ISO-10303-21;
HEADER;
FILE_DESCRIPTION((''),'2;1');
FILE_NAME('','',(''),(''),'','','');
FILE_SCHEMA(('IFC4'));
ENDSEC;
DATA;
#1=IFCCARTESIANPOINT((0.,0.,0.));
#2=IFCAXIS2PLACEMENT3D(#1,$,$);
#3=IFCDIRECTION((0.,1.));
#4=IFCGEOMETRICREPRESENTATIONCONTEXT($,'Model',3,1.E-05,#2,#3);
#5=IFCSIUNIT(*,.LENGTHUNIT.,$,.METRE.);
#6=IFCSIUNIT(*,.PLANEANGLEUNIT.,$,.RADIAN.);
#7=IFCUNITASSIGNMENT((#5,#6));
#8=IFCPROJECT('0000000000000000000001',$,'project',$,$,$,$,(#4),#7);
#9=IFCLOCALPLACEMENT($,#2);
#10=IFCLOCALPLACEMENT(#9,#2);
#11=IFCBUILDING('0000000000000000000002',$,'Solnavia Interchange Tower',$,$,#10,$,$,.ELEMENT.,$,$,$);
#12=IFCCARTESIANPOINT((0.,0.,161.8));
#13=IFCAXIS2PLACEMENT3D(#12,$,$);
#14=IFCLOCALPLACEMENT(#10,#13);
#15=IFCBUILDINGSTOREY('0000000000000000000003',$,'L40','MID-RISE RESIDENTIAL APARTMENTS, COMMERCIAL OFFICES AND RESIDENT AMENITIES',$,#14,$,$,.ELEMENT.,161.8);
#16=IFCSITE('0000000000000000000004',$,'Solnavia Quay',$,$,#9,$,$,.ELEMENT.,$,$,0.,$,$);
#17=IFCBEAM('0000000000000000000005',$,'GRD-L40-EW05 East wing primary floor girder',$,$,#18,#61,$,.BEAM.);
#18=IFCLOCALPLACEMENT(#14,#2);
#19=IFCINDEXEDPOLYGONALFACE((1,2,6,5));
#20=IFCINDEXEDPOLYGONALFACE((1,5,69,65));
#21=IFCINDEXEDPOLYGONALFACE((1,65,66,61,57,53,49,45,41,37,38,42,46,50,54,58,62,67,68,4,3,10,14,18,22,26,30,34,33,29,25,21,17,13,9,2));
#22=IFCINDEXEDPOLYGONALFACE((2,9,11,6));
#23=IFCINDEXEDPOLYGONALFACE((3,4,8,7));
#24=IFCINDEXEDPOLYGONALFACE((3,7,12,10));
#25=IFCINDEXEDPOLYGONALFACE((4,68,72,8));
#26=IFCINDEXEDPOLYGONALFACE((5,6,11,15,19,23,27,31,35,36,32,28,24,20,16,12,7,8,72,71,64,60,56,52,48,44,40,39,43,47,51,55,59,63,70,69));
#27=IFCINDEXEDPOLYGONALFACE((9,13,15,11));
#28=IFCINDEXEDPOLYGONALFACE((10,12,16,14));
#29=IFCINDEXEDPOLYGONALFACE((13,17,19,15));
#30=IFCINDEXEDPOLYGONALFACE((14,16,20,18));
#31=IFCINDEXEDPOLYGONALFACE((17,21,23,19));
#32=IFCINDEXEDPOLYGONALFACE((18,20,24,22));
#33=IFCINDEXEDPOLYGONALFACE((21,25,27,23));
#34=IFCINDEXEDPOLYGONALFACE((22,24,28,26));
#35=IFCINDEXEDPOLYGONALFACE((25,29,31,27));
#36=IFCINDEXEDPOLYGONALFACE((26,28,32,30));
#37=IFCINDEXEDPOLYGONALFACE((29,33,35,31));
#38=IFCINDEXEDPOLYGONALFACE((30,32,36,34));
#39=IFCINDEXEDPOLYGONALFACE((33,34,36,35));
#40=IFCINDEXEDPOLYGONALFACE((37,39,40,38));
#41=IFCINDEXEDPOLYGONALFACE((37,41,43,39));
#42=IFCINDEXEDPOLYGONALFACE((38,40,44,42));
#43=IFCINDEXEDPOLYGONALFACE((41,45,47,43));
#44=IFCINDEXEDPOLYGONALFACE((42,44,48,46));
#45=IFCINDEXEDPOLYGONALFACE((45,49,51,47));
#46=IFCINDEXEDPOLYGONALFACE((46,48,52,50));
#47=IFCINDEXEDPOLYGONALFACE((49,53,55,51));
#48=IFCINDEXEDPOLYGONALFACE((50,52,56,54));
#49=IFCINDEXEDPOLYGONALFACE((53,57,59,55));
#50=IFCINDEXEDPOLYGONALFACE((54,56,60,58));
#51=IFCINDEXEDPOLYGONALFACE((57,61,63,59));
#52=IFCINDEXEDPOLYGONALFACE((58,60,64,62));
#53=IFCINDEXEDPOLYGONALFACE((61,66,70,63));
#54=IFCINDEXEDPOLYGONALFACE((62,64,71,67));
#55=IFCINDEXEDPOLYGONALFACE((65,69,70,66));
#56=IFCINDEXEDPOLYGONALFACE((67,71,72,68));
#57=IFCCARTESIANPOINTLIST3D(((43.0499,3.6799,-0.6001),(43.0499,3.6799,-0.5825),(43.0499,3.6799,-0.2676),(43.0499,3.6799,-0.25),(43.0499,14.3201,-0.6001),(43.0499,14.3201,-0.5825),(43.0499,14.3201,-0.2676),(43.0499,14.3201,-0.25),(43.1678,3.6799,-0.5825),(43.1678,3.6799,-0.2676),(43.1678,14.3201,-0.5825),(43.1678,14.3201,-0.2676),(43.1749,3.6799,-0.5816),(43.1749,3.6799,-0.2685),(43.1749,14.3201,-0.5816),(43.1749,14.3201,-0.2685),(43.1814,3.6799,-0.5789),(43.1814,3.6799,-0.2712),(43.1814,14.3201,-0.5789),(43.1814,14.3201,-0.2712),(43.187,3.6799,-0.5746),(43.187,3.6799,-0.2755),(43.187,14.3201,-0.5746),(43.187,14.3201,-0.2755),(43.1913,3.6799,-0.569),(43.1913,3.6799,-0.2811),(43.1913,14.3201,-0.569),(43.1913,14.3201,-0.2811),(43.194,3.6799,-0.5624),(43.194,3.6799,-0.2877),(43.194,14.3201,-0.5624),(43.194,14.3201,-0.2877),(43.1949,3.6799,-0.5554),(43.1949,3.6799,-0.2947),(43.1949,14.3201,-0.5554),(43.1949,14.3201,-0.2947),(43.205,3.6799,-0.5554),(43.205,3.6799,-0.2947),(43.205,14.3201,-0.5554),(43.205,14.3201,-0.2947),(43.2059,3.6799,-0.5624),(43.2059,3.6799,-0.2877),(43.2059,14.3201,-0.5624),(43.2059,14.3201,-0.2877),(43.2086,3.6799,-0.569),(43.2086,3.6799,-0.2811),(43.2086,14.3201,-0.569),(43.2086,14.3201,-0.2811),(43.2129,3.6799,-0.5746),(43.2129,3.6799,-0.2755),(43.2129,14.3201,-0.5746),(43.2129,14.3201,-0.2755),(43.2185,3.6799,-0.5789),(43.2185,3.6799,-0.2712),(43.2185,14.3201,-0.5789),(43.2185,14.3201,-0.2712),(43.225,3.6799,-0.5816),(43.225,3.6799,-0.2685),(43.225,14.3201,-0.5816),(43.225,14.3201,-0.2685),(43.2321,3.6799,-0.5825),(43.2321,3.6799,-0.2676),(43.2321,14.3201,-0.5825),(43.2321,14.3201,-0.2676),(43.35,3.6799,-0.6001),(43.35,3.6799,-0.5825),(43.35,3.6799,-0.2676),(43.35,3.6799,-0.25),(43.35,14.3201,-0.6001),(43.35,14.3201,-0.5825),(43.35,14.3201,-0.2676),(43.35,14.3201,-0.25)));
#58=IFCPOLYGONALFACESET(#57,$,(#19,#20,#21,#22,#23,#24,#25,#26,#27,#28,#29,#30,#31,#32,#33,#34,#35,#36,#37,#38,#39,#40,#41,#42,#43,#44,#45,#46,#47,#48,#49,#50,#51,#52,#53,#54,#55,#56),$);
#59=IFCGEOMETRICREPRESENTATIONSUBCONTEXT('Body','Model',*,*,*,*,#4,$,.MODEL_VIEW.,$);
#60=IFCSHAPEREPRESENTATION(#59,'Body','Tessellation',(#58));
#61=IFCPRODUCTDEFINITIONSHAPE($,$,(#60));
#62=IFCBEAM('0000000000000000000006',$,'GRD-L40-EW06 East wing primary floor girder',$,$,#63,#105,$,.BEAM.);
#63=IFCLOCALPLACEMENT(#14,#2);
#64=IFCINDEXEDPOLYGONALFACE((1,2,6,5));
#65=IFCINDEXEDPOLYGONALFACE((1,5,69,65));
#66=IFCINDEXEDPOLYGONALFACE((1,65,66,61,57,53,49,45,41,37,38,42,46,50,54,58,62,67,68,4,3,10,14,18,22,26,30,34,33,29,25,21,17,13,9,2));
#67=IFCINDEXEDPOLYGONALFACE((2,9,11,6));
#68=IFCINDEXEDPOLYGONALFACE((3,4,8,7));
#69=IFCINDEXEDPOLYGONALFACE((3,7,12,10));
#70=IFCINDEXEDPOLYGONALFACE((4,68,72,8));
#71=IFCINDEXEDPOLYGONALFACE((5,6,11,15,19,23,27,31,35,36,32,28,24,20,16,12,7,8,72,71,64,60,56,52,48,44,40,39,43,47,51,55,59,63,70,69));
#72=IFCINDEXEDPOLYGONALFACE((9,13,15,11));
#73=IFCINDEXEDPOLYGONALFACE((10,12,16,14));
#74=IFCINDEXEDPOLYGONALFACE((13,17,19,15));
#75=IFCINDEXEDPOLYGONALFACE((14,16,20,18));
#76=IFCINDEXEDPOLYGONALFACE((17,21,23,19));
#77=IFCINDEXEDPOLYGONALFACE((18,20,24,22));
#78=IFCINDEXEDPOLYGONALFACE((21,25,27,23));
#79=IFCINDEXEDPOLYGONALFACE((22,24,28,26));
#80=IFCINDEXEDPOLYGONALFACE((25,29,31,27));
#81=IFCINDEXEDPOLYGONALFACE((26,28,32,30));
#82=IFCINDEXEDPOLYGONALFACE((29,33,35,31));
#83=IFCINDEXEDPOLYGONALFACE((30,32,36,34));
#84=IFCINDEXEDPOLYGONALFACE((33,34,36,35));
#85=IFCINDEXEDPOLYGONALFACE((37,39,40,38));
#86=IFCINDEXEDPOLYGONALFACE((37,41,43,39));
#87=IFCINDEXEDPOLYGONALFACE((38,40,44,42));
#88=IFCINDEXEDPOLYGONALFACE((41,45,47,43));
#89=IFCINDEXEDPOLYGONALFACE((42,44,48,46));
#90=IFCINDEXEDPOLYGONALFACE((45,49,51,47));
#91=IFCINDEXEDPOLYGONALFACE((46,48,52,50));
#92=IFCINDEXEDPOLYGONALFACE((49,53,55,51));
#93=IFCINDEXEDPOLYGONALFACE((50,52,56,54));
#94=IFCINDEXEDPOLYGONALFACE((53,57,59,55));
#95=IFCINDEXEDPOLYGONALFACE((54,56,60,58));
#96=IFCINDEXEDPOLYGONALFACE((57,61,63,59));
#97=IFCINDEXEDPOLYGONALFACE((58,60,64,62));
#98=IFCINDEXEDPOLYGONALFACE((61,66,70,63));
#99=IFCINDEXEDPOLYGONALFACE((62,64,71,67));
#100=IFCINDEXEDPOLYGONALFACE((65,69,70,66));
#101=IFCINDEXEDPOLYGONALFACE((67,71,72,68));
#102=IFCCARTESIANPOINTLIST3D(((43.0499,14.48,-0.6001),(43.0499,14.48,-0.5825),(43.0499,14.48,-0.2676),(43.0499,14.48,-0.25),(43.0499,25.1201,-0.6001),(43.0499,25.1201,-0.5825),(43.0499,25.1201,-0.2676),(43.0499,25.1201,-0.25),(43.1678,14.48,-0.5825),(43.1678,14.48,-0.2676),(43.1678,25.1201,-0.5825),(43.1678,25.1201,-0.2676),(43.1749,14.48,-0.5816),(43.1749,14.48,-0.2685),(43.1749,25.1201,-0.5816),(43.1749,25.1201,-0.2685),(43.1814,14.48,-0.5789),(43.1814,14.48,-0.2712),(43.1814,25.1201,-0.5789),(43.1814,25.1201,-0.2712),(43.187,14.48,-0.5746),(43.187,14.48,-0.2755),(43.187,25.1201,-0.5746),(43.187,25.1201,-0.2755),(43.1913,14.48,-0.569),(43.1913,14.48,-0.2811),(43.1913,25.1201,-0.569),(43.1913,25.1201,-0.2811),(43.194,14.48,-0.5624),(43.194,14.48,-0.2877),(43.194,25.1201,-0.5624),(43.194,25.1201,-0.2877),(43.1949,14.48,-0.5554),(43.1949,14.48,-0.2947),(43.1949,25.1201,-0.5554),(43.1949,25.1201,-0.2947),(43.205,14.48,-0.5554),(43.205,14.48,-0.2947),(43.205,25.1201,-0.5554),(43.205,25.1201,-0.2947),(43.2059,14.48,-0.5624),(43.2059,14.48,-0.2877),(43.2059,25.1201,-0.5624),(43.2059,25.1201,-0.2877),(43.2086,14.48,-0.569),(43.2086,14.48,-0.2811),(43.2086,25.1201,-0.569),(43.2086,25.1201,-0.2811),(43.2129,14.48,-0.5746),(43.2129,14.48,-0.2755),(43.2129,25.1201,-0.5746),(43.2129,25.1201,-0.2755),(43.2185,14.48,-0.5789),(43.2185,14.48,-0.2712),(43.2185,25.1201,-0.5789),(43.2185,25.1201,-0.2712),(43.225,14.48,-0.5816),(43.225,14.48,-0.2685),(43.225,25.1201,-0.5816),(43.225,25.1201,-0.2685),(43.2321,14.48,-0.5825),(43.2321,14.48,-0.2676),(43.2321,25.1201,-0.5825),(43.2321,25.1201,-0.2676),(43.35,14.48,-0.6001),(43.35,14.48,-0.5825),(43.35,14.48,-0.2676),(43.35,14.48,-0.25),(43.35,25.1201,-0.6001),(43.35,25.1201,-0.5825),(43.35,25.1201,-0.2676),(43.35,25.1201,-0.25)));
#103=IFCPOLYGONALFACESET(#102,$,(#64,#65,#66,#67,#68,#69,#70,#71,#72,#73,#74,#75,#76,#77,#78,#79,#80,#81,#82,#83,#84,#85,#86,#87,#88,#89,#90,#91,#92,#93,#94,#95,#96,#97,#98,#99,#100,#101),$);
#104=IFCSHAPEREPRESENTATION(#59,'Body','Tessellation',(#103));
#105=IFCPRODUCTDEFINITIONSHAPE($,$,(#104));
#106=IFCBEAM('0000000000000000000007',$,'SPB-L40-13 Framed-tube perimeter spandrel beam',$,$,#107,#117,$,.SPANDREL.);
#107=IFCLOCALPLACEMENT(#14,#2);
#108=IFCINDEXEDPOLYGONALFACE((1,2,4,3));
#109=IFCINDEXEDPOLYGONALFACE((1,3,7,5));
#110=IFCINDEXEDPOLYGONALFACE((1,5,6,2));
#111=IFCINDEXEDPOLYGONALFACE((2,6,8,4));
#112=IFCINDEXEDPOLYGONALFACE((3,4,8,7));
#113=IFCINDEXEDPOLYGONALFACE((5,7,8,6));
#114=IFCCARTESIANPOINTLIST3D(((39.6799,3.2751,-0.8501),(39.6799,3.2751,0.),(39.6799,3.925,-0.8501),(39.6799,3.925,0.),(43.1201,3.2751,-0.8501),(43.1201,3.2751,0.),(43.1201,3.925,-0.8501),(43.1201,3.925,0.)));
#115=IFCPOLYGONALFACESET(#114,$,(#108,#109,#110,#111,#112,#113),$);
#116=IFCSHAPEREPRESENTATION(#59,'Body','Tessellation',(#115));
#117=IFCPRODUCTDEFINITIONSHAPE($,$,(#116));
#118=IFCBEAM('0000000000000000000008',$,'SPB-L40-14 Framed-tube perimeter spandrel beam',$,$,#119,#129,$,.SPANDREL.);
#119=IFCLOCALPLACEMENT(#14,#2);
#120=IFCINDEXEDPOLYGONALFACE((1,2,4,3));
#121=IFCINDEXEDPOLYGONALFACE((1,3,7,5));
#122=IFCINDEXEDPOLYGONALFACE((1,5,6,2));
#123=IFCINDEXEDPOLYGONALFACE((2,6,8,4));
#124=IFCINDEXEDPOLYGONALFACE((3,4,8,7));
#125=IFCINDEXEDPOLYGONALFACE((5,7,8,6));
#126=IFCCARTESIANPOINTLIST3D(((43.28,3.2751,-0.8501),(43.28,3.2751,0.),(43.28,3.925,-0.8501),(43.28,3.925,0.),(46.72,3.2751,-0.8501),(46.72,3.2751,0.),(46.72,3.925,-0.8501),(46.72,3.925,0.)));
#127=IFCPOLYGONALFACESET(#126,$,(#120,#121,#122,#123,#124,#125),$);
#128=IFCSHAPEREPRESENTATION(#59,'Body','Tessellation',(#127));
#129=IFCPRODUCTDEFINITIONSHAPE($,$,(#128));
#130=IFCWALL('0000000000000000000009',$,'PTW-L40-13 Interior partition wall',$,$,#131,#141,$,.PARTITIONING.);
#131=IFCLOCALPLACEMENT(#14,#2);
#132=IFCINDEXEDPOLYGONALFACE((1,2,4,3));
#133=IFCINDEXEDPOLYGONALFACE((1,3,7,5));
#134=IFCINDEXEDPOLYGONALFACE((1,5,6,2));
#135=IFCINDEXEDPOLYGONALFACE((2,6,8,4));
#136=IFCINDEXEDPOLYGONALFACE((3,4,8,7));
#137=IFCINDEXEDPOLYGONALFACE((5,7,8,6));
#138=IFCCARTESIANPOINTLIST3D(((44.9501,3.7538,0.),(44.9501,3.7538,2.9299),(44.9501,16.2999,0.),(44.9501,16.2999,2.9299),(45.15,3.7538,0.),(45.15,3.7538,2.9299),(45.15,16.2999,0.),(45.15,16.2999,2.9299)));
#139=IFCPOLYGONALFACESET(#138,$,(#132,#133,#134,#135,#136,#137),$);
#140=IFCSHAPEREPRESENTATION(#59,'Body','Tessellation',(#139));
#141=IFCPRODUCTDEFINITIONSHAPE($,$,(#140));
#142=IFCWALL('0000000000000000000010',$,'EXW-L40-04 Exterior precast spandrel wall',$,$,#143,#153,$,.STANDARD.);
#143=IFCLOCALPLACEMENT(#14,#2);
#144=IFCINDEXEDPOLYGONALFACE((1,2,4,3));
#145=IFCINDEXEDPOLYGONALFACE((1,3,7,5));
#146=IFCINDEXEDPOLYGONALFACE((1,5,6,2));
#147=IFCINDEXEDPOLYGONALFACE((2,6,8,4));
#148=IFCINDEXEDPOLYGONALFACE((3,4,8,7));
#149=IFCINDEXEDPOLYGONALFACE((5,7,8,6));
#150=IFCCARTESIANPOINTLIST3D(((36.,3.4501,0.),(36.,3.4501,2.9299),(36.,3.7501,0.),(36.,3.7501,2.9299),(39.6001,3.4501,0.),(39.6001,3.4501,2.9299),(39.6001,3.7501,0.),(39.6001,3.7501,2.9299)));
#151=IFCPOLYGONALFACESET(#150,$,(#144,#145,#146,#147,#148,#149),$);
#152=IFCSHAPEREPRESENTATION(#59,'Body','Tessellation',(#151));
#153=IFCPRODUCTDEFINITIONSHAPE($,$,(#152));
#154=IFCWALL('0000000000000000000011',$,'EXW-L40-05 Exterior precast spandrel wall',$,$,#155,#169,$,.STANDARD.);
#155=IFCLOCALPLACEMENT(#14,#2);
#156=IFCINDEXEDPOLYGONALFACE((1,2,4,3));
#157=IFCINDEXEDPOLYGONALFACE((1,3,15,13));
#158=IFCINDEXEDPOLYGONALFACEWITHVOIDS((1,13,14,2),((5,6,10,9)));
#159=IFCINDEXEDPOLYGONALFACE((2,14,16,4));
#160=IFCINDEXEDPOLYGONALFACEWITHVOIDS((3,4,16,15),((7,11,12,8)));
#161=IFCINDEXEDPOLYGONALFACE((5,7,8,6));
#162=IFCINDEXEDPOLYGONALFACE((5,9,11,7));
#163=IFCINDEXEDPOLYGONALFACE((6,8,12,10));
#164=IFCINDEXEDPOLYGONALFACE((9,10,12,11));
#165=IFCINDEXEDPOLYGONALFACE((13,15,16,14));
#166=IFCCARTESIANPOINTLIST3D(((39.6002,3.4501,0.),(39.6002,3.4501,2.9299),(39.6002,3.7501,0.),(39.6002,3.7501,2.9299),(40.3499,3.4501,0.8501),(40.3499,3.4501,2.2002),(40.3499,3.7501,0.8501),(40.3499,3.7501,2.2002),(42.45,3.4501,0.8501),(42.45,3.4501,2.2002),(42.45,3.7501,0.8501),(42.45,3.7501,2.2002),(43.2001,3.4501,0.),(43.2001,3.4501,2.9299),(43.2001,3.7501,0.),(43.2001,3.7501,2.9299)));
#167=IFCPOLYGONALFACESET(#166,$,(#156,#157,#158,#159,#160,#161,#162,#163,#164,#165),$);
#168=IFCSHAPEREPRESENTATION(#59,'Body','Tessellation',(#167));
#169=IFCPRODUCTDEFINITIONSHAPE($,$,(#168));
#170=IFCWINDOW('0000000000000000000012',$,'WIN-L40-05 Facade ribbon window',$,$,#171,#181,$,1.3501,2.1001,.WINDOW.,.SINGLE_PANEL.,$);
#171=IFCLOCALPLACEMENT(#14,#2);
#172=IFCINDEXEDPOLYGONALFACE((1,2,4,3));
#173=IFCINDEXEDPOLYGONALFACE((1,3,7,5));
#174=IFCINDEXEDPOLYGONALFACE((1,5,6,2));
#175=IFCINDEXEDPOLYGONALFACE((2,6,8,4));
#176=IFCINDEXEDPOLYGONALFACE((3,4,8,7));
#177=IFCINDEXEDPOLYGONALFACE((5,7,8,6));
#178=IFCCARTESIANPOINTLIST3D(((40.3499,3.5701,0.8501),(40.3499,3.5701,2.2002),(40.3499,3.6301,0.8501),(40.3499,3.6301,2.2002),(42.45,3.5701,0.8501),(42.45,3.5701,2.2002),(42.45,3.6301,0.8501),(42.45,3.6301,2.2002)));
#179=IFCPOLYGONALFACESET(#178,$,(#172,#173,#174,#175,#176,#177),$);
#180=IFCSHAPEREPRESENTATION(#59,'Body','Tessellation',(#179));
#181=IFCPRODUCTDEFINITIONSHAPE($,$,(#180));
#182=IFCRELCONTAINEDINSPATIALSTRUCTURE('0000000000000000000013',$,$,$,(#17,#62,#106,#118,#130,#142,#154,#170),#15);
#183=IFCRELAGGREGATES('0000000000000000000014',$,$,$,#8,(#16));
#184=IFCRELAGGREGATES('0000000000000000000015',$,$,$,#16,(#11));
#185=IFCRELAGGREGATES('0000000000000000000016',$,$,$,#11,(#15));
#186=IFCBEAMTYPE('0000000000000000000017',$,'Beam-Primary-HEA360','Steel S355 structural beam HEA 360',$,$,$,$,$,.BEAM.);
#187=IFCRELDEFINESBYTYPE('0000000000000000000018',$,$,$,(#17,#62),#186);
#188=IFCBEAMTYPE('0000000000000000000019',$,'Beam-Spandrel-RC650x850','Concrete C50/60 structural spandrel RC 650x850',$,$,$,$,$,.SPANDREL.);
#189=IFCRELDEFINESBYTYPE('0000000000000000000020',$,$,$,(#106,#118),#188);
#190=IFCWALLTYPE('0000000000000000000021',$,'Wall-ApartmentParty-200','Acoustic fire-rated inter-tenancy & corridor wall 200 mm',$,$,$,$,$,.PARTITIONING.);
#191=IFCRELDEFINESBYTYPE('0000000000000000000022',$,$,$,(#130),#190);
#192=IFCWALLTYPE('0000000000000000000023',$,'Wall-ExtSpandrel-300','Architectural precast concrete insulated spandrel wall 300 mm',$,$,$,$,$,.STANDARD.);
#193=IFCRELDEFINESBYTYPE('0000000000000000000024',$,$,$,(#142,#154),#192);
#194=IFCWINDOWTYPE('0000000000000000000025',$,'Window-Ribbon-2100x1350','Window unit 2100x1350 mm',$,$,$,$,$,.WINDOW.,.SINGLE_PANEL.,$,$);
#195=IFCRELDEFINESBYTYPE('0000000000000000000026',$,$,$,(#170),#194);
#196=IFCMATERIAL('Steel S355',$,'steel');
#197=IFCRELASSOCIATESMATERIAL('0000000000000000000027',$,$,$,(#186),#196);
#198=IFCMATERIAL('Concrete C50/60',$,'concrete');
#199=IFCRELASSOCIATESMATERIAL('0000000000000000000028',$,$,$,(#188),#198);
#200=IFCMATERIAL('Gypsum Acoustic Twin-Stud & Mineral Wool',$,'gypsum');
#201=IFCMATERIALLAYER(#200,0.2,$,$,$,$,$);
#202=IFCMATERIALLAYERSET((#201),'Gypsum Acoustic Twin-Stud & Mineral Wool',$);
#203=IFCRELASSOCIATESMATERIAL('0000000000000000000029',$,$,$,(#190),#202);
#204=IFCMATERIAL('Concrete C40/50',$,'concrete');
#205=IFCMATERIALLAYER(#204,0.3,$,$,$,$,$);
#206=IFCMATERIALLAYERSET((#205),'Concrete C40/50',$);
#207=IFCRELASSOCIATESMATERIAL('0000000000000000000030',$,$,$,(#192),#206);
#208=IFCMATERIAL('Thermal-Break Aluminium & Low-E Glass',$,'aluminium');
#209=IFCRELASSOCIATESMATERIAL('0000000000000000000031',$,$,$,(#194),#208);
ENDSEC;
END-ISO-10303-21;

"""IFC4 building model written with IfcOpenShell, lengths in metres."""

from ifc_helpers import new_model, si_unit, direction, frame, frame_2d, origin, origin_2d, place, context, subcontext, project, spatial, rectangle, i_section, extrude, material, layer, layer_set, material_profile, profile_set, type_object, element, fill, save


model = new_model("IFC4")

# Units and contexts
model_context = context("Model", 3, precision=1e-05, world=origin(), true_north=direction((0.0, 1.0)))
body_context = subcontext(model_context, "Body", "Model", "MODEL_VIEW")
ifc_project = project(units=[si_unit("LENGTHUNIT", "METRE"), si_unit("PLANEANGLEUNIT", "RADIAN")], contexts=[model_context])

# Site, building, storey
site_placement = place(None, origin())
site = spatial("IfcSite", under=ifc_project, at=site_placement, Name="Solnavia Quay", CompositionType="ELEMENT", RefElevation=0.0)
building_placement = place(site_placement, origin())
building = spatial("IfcBuilding", under=site, at=building_placement, Name="Solnavia Interchange Tower", CompositionType="ELEMENT")
storey_placement = place(building_placement, frame((0.0, 0.0, 161.8)))
storey = spatial("IfcBuildingStorey", under=building, at=storey_placement, Name="L40", Description="MID-RISE RESIDENTIAL APARTMENTS, COMMERCIAL OFFICES AND RESIDENT AMENITIES", CompositionType="ELEMENT", Elevation=161.8)

# Shared definitions
ifc_material_1 = material(Name="Concrete C50/60", Category="concrete")
ifc_material_2 = material(Name="Steel S355", Category="steel")

# Beams
ifc_material_profile_1 = material_profile(ifc_material_2, i_section(OverallWidth=0.3, OverallDepth=0.3501, WebThickness=0.01, FlangeThickness=0.0176, FilletRadius=0.0271, at=origin_2d()), Name="HEA 360")
ifc_profile_set_1 = profile_set([ifc_material_profile_1], Name="Steel S355")
beam_type_1 = type_object("IfcBeamType", Name="Beam-Primary-HEA360", Description="Steel S355 structural beam HEA 360", PredefinedType="BEAM", material=ifc_profile_set_1)
for number, where, z_axis, x_axis, name in (
    (1, (43.2, 3.6799, -0.425), (0.0, 1.0, 0.0), (-1.0, 0.0, 0.0), "GRD-L40-EW05 East wing primary floor girder"),
    (2, (43.2, 14.48, -0.425), (0.0, 1.0, 0.0), (-1.0, 0.0, 0.0), "GRD-L40-EW06 East wing primary floor girder"),
):
    element("IfcBeam", number, at=place(storey_placement, frame(where, z_axis=z_axis, x_axis=x_axis)), inside=storey, type_object=beam_type_1, Name=name, PredefinedType="BEAM", context=body_context, shape_type="SweptSolid", body=[
        extrude(i_section(OverallWidth=0.3, OverallDepth=0.3501, WebThickness=0.01, FlangeThickness=0.0176, FilletRadius=0.0271, at=origin_2d()), origin(), (0.0, 0.0, 1.0), 10.6401),
    ])
ifc_material_profile_2 = material_profile(ifc_material_1, rectangle(XDim=0.6499, YDim=0.8501, at=origin_2d()), Name="RC 650x850")
ifc_profile_set_2 = profile_set([ifc_material_profile_2], Name="Concrete C50/60")
beam_type_2 = type_object("IfcBeamType", Name="Beam-Spandrel-RC650x850", Description="Concrete C50/60 structural spandrel RC 650x850", PredefinedType="SPANDREL", material=ifc_profile_set_2)
beam_1_placement = place(storey_placement, frame((39.6799, 3.6001, -0.425), z_axis=(1.0, 0.0, 0.0), x_axis=(0.0, 1.0, 0.0)))
element("IfcBeam", 3, at=beam_1_placement, inside=storey, type_object=beam_type_2, Name="SPB-L40-13 Framed-tube perimeter spandrel beam", PredefinedType="SPANDREL", context=body_context, shape_type="SweptSolid", body=[
    extrude(rectangle(XDim=0.6499, YDim=0.8501, at=origin_2d()), origin(), (0.0, 0.0, 1.0), 3.4402),
])
beam_2_placement = place(storey_placement, frame((43.28, 3.6001, -0.425), z_axis=(1.0, 0.0, 0.0), x_axis=(0.0, 1.0, 0.0)))
element("IfcBeam", 4, at=beam_2_placement, inside=storey, type_object=beam_type_2, Name="SPB-L40-14 Framed-tube perimeter spandrel beam", PredefinedType="SPANDREL", context=body_context, shape_type="SweptSolid", body=[
    extrude(rectangle(XDim=0.6499, YDim=0.8501, at=origin_2d()), origin(), (0.0, 0.0, 1.0), 3.4399),
])

# Walls
ifc_material_3 = material(Name="Gypsum Acoustic Twin-Stud & Mineral Wool", Category="gypsum")
ifc_layer_1 = layer(ifc_material_3, 0.2)
ifc_layer_set_1 = layer_set([ifc_layer_1], Name="Gypsum Acoustic Twin-Stud & Mineral Wool")
wall_type_1 = type_object("IfcWallType", Name="Wall-ApartmentParty-200", Description="Acoustic fire-rated inter-tenancy & corridor wall 200 mm", PredefinedType="PARTITIONING", material=ifc_layer_set_1)
wall_1_placement = place(storey_placement, frame((45.05, 3.7539, 0.0), z_axis=(0.0, 0.0, 1.0), x_axis=(0.0, 1.0, 0.0)))
element("IfcWall", 5, at=wall_1_placement, inside=storey, type_object=wall_type_1, Name="PTW-L40-13 Interior partition wall", PredefinedType="PARTITIONING", context=body_context, shape_type="SweptSolid", body=[
    extrude(rectangle(XDim=12.5461, YDim=0.2, at=frame_2d((6.2729, 0.0))), origin(), (0.0, 0.0, 1.0), 2.9299),
])
ifc_material_4 = material(Name="Concrete C40/50", Category="concrete")
ifc_layer_2 = layer(ifc_material_4, 0.3)
ifc_layer_set_2 = layer_set([ifc_layer_2], Name="Concrete C40/50")
wall_type_2 = type_object("IfcWallType", Name="Wall-ExtSpandrel-300", Description="Architectural precast concrete insulated spandrel wall 300 mm", PredefinedType="STANDARD", material=ifc_layer_set_2)
wall_2_placement = place(storey_placement, frame((39.6001, 3.6001, 0.0), z_axis=(0.0, 0.0, 1.0), x_axis=(-1.0, 0.0, 0.0)))
element("IfcWall", 6, at=wall_2_placement, inside=storey, type_object=wall_type_2, Name="EXW-L40-04 Exterior precast spandrel wall", PredefinedType="STANDARD", context=body_context, shape_type="SweptSolid", body=[
    extrude(rectangle(XDim=3.6001, YDim=0.3, at=frame_2d((1.8, 0.0))), origin(), (0.0, 0.0, 1.0), 2.9299),
])

# Wall, opening, window
wall_3_placement = place(storey_placement, frame((43.2, 3.6001, 0.0), z_axis=(0.0, 0.0, 1.0), x_axis=(-1.0, 0.0, 0.0)))
wall_3 = element("IfcWall", 7, at=wall_3_placement, inside=storey, type_object=wall_type_2, Name="EXW-L40-05 Exterior precast spandrel wall", PredefinedType="STANDARD", context=body_context, shape_type="SweptSolid", body=[
    extrude(rectangle(XDim=3.5999, YDim=0.3, at=frame_2d((1.7998, 0.0))), origin(), (0.0, 0.0, 1.0), 2.9299),
])
opening_1_placement = place(wall_3_placement, frame((0.75, 0.0, 0.8501)))
opening_1 = element("IfcOpeningElement", 8, at=opening_1_placement, cuts=wall_3, PredefinedType="OPENING", context=body_context, shape_type="SweptSolid", body=[
    extrude(rectangle(XDim=2.1001, YDim=1.3501, at=frame_2d((1.05, 0.675))), frame((0.0, 0.1602, 0.0), z_axis=(0.0, -1.0, 0.0), x_axis=(1.0, 0.0, 0.0)), (0.0, 0.0, 1.0), 0.3201),
])
ifc_material_5 = material(Name="Thermal-Break Aluminium & Low-E Glass", Category="aluminium")
window_type = type_object("IfcWindowType", Name="Window-Ribbon-2100x1350", Description="Window unit 2100x1350 mm", PartitioningType="SINGLE_PANEL", PredefinedType="WINDOW", material=ifc_material_5)
window_placement = place(opening_1_placement, origin())
window = element("IfcWindow", 9, at=window_placement, inside=storey, type_object=window_type, Name="WIN-L40-05 Facade ribbon window", OverallHeight=1.3501, OverallWidth=2.1001, PartitioningType="SINGLE_PANEL", PredefinedType="WINDOW", context=body_context, shape_type="SweptSolid", body=[
    extrude(rectangle(XDim=2.1001, YDim=1.3501, at=frame_2d((1.05, 0.675))), frame((0.0, 0.03, 0.0), z_axis=(0.0, -1.0, 0.0), x_axis=(1.0, 0.0, 0.0)), (0.0, 0.0, 1.0), 0.0601),
])
fill(opening_1, window)

save(model, "model.ifc")
